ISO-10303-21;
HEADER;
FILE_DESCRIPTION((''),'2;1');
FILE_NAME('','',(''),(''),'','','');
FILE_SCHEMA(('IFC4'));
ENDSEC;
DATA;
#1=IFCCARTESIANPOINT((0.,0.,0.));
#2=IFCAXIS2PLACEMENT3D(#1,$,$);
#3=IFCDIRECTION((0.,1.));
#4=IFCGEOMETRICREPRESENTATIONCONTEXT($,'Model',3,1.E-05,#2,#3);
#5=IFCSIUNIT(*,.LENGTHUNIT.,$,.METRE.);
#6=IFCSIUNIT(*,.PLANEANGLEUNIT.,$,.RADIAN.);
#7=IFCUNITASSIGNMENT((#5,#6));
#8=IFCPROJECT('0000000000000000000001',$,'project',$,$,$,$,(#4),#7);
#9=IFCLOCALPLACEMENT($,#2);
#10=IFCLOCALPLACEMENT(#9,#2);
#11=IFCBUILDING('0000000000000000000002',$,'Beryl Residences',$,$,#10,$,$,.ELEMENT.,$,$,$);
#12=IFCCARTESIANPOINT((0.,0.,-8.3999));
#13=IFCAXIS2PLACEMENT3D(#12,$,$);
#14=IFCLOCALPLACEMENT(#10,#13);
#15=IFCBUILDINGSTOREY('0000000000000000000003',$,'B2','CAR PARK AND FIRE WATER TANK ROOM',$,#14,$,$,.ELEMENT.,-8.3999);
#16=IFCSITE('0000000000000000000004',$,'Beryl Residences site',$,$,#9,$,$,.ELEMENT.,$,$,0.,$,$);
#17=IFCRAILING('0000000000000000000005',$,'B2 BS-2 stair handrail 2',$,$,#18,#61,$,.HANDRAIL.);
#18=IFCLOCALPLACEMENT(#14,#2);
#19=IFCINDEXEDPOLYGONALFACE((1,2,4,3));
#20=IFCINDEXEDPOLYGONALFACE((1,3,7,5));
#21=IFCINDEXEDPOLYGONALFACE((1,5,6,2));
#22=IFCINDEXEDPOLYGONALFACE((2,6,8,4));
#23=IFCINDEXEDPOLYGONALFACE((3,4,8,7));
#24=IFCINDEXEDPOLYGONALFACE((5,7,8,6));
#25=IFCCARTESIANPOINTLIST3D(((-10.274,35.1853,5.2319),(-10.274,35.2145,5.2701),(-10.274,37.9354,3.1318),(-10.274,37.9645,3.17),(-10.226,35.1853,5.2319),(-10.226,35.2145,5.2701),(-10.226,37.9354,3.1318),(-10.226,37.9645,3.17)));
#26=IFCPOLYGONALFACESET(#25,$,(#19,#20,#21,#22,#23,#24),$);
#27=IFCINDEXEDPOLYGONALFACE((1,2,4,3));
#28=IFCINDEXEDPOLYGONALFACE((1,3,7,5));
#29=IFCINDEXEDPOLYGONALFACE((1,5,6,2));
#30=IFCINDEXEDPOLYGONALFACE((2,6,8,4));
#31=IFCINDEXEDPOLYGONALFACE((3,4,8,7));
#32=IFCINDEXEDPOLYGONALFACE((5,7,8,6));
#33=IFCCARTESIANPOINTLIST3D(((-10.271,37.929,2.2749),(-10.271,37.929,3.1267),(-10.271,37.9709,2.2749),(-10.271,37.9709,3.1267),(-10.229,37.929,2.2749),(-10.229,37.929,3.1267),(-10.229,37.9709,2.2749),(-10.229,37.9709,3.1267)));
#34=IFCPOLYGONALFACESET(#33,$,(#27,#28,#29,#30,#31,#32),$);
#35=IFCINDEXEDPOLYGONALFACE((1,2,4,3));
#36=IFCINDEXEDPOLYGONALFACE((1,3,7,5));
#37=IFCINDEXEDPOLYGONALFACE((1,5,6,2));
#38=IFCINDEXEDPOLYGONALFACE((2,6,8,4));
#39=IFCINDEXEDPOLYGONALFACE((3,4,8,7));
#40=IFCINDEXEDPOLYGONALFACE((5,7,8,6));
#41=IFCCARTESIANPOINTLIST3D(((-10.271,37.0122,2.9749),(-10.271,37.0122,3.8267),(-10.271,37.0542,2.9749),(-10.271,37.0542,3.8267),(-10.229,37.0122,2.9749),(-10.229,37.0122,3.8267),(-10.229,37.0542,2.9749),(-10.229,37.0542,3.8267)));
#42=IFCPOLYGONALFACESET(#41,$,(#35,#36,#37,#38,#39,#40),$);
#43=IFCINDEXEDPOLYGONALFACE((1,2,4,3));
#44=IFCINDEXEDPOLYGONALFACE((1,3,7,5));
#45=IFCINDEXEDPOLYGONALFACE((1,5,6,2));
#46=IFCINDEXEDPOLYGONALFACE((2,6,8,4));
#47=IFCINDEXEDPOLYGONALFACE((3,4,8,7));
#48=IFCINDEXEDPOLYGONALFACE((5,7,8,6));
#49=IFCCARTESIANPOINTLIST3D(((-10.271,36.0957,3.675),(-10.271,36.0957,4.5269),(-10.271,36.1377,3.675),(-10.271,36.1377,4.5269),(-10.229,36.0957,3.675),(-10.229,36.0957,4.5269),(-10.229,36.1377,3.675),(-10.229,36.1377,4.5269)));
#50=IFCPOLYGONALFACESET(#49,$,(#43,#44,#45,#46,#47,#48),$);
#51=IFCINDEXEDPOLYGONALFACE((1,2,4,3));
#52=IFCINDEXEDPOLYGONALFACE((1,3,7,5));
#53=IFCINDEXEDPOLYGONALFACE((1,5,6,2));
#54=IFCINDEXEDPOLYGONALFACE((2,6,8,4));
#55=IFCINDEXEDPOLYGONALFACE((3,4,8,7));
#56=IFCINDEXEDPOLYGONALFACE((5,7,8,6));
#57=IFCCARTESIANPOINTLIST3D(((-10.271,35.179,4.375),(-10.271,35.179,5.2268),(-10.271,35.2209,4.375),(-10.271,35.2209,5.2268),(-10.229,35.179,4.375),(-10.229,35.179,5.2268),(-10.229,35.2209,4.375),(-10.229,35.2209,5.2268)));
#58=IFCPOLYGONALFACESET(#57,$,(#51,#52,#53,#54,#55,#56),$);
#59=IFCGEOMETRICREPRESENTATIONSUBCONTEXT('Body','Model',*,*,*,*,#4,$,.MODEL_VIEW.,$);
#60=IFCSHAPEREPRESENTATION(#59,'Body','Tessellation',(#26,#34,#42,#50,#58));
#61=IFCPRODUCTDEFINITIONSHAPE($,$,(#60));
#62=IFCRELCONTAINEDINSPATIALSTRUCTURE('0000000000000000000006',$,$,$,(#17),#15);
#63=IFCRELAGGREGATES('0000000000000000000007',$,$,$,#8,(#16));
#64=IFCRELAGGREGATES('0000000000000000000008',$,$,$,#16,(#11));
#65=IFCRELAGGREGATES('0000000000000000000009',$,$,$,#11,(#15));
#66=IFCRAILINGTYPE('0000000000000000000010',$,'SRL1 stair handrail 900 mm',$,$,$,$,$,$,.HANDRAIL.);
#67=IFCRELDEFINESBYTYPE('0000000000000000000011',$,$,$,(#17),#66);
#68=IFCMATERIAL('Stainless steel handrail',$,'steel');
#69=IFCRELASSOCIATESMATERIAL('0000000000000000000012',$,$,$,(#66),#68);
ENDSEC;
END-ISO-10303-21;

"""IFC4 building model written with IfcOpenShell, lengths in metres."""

from ifc_helpers import new_model, si_unit, direction, frame, origin, origin_2d, place, context, subcontext, project, spatial, rectangle, extrude, material, type_object, element, save


model = new_model("IFC4")

# Units and contexts
model_context = context("Model", 3, precision=1e-05, world=origin(), true_north=direction((0.0, 1.0)))
body_context = subcontext(model_context, "Body", "Model", "MODEL_VIEW")
ifc_project = project(units=[si_unit("LENGTHUNIT", "METRE"), si_unit("PLANEANGLEUNIT", "RADIAN")], contexts=[model_context])

# Site, building, storey
site_placement = place(None, origin())
site = spatial("IfcSite", under=ifc_project, at=site_placement, Name="Beryl Residences site", CompositionType="ELEMENT", RefElevation=0.0)
building_placement = place(site_placement, origin())
building = spatial("IfcBuilding", under=site, at=building_placement, Name="Beryl Residences", CompositionType="ELEMENT")
storey_placement = place(building_placement, frame((0.0, 0.0, -8.3999)))
storey = spatial("IfcBuildingStorey", under=building, at=storey_placement, Name="B2", Description="CAR PARK AND FIRE WATER TANK ROOM", CompositionType="ELEMENT", Elevation=-8.3999)

# Railing
ifc_material_1 = material(Name="Stainless steel handrail", Category="steel")
railing_type = type_object("IfcRailingType", Name="SRL1 stair handrail 900 mm", PredefinedType="HANDRAIL", material=ifc_material_1)
railing_placement = place(storey_placement, frame((-10.25, 37.95, 2.2749)))
element("IfcRailing", 1, at=railing_placement, inside=storey, type_object=railing_type, Name="B2 BS-2 stair handrail 2", PredefinedType="HANDRAIL", context=body_context, shape_type="SweptSolid", body=[
    extrude(rectangle(XDim=0.0481, YDim=0.0481, at=origin_2d()), frame((0.0, 0.0, 0.876), z_axis=(0.0, -0.794754, 0.606931), x_axis=(1.0, 0.0, 0.0)), (0.0, 0.0, 1.0), 3.4602),
    extrude(rectangle(XDim=0.042, YDim=0.042, at=origin_2d()), origin(), (0.0, 0.0, 1.0), 0.8518),
    extrude(rectangle(XDim=0.042, YDim=0.042, at=origin_2d()), frame((0.0, -0.9167, 0.7)), (0.0, 0.0, 1.0), 0.8518),
    extrude(rectangle(XDim=0.042, YDim=0.042, at=origin_2d()), frame((0.0, -1.8333, 1.4001)), (0.0, 0.0, 1.0), 0.8518),
    extrude(rectangle(XDim=0.042, YDim=0.042, at=origin_2d()), frame((0.0, -2.75, 2.1001)), (0.0, 0.0, 1.0), 0.8518),
])

save(model, "model.ifc")
